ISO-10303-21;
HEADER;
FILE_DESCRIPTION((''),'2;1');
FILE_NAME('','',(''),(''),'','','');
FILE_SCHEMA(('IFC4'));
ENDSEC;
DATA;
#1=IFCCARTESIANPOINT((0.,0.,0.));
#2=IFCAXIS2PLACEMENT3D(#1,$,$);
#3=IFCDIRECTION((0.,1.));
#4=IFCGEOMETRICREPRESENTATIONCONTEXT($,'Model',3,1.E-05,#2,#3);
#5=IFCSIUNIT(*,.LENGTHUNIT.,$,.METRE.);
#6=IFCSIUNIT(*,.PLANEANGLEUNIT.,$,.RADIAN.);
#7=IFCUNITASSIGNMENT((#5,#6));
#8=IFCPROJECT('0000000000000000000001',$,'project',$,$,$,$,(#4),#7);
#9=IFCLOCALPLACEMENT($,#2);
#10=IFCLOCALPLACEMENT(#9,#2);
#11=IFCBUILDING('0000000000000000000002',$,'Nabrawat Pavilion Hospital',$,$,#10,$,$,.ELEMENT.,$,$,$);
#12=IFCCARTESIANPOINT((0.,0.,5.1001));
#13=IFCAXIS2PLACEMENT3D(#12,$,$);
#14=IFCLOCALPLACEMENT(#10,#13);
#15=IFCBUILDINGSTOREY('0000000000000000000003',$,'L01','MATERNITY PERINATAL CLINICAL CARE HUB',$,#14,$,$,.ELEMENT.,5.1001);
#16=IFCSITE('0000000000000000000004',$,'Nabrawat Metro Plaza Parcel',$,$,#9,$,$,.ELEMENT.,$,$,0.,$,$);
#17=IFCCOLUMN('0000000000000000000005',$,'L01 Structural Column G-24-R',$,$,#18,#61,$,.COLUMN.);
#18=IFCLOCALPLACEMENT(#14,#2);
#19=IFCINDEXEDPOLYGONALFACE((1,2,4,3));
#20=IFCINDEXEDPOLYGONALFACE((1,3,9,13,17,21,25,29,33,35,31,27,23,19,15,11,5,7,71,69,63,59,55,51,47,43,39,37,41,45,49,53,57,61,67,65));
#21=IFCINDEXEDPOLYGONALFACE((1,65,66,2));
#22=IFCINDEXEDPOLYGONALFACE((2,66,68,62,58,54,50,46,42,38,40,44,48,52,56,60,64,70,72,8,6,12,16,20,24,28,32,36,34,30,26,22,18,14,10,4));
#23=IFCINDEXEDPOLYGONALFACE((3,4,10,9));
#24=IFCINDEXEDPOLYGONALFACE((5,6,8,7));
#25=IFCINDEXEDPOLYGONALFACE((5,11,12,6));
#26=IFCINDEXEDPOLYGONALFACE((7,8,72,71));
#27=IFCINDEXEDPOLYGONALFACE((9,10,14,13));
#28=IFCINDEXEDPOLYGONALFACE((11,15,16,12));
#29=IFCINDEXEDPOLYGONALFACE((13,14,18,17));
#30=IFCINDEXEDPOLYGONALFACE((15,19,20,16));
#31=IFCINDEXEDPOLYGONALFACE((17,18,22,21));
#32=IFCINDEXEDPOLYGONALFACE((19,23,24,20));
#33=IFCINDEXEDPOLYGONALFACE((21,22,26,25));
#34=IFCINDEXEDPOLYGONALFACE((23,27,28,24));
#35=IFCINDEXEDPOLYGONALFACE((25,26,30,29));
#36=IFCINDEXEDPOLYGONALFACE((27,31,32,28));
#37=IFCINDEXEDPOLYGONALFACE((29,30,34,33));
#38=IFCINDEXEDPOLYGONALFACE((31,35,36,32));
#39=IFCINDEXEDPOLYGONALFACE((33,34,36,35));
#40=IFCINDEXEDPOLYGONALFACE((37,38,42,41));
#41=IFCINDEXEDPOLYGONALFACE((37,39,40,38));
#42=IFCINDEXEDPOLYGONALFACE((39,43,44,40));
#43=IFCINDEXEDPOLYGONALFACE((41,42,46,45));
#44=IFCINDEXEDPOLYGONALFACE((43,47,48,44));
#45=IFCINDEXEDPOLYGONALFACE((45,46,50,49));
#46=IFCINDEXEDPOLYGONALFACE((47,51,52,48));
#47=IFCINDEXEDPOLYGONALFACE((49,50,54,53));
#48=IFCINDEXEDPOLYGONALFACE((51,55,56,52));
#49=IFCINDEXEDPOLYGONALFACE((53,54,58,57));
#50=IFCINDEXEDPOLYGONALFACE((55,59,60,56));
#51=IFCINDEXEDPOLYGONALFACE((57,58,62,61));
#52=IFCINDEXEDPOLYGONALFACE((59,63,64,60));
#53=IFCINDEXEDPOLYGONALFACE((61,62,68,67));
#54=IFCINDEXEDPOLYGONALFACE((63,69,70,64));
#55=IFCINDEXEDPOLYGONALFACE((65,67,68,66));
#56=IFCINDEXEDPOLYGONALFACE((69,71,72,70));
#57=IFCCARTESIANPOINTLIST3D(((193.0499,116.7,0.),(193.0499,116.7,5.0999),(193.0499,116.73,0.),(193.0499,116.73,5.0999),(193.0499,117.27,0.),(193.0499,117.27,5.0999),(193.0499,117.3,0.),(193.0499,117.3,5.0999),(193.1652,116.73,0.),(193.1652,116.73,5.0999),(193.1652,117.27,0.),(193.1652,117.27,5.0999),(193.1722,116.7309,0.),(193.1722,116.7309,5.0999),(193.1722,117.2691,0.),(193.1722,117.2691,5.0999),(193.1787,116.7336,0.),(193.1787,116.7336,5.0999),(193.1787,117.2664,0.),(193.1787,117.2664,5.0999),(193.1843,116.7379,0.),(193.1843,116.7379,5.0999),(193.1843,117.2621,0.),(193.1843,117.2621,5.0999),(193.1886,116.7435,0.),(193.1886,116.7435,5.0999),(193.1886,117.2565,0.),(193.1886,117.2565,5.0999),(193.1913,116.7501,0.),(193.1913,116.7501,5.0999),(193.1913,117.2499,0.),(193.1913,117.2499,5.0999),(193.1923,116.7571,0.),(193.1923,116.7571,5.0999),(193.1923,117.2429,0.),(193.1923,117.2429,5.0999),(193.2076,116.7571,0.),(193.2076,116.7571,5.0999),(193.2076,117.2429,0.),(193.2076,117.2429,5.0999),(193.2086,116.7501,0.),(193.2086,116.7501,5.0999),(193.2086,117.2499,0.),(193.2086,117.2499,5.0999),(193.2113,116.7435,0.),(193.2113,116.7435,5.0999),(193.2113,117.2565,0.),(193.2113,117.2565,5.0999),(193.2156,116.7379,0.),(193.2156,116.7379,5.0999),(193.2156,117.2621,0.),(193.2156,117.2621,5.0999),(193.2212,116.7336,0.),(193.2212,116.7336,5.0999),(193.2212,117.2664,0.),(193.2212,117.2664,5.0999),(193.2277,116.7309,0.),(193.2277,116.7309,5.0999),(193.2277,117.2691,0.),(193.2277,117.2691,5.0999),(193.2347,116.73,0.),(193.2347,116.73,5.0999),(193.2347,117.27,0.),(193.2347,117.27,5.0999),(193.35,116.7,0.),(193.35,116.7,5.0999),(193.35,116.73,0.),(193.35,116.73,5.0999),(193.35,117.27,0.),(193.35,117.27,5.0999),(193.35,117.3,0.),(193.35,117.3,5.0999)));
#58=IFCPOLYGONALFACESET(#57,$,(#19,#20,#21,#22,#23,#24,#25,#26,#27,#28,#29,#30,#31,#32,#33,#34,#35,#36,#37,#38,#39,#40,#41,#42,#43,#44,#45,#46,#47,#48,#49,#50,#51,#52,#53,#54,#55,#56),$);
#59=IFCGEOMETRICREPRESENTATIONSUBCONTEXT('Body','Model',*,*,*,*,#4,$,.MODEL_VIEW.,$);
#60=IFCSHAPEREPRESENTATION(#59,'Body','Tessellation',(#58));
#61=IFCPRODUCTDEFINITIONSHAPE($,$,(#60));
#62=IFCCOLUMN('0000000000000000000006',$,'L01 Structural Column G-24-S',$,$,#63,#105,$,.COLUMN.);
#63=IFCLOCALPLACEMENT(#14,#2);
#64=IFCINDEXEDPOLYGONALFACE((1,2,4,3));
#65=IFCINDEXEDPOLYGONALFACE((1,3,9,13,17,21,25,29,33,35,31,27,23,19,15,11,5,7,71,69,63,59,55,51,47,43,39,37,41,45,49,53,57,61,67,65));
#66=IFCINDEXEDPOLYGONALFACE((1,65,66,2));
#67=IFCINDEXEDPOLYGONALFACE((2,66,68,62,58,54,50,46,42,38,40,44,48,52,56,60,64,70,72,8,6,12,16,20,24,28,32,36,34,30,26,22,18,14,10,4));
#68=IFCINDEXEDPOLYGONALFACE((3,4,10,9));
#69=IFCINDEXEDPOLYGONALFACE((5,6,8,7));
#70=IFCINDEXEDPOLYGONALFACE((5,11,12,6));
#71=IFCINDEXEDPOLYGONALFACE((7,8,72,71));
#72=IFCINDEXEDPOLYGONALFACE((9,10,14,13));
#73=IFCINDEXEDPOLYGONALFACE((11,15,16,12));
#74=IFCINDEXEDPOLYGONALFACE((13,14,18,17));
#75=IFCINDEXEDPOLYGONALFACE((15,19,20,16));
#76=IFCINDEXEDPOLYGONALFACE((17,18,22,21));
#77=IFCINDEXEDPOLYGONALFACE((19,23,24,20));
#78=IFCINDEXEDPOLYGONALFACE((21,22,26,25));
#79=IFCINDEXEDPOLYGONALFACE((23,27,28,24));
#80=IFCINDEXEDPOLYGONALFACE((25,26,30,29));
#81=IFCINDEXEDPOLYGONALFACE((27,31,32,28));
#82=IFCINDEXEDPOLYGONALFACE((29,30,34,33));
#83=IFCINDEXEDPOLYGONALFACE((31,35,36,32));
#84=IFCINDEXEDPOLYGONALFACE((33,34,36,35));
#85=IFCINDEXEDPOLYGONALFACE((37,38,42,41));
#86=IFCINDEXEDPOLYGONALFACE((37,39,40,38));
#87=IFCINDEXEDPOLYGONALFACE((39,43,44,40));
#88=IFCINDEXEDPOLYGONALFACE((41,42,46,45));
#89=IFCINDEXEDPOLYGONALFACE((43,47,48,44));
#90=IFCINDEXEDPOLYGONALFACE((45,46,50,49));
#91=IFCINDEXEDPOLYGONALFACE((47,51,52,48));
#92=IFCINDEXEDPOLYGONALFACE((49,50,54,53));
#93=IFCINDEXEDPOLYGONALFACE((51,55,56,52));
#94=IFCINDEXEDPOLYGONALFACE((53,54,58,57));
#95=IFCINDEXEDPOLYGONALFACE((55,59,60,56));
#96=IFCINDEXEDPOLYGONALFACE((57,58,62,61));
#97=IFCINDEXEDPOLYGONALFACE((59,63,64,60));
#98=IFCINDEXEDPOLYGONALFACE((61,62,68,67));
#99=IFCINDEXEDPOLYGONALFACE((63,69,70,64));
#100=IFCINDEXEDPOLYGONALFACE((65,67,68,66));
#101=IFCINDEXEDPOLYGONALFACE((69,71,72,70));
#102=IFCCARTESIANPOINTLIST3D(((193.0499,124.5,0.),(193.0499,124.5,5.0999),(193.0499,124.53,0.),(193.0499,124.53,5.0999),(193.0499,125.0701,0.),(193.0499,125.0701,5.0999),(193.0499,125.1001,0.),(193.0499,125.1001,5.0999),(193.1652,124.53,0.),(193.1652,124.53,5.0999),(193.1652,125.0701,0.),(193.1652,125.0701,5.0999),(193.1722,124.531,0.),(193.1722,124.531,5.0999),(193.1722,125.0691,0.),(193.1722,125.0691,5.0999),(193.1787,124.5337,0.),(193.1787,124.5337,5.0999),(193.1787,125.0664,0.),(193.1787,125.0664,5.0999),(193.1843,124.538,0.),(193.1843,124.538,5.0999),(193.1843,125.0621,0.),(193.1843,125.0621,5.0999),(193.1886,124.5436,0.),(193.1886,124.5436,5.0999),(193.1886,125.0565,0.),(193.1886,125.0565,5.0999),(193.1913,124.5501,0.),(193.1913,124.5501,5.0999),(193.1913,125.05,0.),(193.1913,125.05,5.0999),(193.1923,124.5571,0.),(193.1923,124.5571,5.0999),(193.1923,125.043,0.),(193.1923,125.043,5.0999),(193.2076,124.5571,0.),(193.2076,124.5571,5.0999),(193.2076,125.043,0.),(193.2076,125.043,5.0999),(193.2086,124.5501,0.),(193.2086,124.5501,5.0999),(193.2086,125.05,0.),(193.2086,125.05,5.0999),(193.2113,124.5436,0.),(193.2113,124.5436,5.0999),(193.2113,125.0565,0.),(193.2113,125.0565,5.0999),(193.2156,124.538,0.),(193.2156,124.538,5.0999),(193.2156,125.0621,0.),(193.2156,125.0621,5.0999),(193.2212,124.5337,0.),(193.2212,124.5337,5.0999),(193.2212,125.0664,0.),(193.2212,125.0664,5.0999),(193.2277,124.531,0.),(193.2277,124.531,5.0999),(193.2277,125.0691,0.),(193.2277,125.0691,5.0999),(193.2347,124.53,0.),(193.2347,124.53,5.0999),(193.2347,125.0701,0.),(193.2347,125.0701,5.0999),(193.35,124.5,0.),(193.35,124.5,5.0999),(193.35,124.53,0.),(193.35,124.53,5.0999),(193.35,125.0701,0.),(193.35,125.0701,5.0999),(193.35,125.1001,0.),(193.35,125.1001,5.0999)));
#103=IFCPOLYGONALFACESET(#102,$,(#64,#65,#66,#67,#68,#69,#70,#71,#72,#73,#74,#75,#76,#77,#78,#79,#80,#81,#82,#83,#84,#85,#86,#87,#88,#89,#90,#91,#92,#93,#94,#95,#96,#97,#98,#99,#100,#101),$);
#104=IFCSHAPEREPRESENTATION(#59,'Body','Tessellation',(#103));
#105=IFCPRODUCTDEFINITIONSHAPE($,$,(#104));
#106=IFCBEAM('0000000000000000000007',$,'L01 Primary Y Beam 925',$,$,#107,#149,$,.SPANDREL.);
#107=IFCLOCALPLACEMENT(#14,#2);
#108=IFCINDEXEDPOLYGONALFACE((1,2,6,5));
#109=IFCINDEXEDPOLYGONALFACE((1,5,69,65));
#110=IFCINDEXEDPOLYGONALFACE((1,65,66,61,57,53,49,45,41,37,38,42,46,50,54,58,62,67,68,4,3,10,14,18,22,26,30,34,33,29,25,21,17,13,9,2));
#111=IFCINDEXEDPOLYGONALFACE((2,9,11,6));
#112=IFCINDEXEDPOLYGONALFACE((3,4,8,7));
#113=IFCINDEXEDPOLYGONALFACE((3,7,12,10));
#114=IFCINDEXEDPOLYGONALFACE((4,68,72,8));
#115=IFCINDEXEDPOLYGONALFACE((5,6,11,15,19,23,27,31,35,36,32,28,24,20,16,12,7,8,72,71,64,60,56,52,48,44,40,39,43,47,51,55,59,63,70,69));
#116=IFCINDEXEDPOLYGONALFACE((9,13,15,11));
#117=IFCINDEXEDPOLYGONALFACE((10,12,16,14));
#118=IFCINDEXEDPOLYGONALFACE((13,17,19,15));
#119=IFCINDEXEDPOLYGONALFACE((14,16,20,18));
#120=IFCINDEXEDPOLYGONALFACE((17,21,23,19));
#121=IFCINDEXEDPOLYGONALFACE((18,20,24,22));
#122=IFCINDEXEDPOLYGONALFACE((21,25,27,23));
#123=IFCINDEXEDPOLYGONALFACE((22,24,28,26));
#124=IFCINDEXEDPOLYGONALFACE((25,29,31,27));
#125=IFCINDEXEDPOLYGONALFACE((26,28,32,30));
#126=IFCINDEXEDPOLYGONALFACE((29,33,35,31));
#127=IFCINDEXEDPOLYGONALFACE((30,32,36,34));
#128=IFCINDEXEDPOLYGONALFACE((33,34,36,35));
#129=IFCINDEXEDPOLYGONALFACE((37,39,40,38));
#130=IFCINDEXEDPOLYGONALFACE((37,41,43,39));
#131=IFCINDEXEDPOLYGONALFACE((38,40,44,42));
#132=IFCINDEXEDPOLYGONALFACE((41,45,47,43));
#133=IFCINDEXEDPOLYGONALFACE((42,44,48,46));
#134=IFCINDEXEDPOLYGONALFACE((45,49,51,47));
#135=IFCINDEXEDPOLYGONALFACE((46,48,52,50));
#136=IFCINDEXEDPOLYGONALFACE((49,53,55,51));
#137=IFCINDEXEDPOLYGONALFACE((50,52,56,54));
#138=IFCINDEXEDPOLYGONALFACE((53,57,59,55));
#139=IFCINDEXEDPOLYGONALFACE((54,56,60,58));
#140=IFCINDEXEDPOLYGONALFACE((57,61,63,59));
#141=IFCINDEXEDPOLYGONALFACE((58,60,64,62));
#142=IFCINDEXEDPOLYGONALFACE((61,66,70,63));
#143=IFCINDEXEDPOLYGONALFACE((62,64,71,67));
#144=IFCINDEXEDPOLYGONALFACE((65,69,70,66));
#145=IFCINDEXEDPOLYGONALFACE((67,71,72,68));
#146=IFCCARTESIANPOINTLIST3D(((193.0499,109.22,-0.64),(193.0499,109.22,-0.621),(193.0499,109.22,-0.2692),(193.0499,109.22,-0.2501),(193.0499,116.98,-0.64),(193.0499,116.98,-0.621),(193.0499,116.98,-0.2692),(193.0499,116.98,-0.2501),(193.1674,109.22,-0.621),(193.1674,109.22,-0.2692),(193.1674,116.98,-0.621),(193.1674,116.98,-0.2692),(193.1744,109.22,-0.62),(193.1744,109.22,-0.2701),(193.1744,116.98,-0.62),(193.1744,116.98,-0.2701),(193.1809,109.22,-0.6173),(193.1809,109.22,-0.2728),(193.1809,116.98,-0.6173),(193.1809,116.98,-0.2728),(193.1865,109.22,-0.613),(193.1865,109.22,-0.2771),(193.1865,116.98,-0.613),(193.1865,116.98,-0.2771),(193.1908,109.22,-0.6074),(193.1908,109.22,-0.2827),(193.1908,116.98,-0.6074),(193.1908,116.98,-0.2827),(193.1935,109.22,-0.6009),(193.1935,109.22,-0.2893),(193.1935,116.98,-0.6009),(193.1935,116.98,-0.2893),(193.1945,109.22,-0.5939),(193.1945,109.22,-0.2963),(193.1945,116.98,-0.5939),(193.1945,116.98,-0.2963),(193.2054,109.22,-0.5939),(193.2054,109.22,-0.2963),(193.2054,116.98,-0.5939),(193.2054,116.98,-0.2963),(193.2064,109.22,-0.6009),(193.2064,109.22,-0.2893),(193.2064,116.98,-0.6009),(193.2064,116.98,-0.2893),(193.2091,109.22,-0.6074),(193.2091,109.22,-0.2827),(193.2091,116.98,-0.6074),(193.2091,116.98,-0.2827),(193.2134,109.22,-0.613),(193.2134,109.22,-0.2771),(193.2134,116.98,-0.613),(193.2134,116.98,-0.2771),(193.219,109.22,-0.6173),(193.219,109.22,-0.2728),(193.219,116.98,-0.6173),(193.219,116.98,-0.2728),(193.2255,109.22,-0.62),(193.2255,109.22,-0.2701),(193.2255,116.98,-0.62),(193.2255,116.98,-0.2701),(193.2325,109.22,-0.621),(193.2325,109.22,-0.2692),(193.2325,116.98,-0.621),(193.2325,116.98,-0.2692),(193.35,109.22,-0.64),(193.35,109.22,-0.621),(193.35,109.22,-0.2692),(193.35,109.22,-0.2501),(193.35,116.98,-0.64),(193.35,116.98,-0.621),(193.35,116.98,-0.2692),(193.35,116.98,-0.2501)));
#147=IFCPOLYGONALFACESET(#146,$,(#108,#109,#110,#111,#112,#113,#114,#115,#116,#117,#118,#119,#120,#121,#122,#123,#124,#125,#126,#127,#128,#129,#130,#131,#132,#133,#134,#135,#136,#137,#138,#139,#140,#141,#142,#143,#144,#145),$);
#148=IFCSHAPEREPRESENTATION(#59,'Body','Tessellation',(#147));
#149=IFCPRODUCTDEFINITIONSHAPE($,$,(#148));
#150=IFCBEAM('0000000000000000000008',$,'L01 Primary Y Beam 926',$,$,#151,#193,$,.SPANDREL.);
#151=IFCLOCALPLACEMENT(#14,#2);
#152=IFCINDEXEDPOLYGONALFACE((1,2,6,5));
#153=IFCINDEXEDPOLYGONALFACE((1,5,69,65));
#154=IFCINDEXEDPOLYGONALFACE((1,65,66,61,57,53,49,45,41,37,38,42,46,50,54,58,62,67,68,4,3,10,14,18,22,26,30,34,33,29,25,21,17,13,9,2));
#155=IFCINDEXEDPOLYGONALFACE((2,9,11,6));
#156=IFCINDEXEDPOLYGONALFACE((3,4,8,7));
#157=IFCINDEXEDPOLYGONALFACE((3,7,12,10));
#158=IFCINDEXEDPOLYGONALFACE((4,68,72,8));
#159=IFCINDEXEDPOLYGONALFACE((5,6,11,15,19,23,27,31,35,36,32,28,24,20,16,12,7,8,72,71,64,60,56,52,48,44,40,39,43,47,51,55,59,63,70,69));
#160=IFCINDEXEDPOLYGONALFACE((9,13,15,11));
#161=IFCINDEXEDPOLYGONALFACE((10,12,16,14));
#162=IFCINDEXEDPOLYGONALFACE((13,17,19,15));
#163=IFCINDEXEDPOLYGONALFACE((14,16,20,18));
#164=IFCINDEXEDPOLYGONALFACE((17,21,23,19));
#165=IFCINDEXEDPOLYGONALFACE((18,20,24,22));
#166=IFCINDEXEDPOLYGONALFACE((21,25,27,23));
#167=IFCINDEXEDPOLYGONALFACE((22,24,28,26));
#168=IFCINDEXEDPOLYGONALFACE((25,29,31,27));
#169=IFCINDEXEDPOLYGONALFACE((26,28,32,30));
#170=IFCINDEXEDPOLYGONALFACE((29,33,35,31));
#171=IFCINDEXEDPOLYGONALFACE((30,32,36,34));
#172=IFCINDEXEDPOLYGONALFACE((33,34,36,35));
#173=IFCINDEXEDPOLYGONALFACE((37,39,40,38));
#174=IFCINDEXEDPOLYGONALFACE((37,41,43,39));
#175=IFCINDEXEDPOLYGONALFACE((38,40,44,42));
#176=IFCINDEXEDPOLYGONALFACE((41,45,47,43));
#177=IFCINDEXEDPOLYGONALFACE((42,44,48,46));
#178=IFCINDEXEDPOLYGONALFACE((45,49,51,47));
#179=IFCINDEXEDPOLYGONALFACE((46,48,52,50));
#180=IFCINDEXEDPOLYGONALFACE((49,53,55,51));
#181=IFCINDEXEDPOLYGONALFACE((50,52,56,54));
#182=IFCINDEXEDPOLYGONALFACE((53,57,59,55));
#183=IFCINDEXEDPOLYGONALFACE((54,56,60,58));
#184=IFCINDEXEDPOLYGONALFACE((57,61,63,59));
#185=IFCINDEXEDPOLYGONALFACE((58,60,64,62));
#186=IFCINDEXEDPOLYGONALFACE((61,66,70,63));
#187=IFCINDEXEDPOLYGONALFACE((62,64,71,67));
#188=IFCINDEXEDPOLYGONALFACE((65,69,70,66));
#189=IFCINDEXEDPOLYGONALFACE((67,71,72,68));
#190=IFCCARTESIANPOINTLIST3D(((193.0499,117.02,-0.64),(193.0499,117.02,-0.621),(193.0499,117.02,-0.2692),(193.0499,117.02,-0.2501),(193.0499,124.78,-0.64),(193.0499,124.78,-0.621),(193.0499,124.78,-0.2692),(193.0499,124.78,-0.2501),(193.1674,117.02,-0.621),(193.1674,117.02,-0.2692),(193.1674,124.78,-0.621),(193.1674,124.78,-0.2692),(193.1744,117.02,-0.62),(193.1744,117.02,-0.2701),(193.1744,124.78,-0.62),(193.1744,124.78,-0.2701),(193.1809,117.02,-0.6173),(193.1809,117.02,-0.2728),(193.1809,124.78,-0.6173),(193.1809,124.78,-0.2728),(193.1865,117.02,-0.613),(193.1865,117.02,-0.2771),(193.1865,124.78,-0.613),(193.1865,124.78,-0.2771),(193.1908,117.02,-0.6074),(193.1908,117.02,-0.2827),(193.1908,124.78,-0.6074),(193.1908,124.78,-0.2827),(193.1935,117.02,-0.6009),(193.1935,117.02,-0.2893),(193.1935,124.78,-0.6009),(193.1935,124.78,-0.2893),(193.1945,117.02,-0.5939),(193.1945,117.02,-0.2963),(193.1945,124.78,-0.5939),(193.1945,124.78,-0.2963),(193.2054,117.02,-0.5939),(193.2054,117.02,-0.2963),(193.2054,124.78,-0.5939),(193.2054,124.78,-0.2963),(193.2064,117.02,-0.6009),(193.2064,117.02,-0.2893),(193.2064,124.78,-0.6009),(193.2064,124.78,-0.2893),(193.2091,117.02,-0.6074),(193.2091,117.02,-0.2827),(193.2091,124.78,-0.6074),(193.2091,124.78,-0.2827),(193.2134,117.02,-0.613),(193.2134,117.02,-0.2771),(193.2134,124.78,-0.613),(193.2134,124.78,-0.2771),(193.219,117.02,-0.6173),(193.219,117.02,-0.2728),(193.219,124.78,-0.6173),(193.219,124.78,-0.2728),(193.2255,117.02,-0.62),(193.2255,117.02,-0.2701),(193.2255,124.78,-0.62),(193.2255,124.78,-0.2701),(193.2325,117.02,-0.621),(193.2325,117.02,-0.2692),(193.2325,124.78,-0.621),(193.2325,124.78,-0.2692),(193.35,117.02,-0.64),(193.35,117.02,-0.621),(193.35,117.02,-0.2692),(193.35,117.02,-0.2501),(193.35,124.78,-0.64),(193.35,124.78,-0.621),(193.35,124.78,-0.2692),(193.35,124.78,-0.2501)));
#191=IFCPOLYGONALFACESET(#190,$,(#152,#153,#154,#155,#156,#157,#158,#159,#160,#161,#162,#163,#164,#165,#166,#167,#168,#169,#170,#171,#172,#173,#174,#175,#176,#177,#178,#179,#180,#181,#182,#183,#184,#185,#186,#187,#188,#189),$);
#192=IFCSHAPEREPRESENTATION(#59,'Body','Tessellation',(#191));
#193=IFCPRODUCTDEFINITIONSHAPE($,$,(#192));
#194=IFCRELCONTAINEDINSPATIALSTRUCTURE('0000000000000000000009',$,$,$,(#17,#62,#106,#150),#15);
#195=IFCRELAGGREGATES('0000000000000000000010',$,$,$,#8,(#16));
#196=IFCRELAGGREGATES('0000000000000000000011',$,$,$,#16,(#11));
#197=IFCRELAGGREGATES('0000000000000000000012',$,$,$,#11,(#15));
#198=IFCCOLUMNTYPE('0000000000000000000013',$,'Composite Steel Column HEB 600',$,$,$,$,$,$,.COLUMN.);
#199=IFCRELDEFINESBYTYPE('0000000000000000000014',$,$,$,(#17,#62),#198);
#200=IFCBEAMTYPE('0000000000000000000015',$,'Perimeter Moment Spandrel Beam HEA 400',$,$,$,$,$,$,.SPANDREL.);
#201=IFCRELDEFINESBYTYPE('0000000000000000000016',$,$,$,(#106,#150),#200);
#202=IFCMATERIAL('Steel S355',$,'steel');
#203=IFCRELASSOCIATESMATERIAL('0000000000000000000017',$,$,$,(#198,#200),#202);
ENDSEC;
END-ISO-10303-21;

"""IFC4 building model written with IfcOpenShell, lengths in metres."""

from ifc_helpers import new_model, si_unit, direction, frame, origin, origin_2d, place, context, subcontext, project, spatial, i_section, extrude, material, material_profile, profile_set, type_object, element, save


model = new_model("IFC4")

# Units and contexts
model_context = context("Model", 3, precision=1e-05, world=origin(), true_north=direction((0.0, 1.0)))
body_context = subcontext(model_context, "Body", "Model", "MODEL_VIEW")
ifc_project = project(units=[si_unit("LENGTHUNIT", "METRE"), si_unit("PLANEANGLEUNIT", "RADIAN")], contexts=[model_context])

# Site, building, storey
site_placement = place(None, origin())
site = spatial("IfcSite", under=ifc_project, at=site_placement, Name="Nabrawat Metro Plaza Parcel", CompositionType="ELEMENT", RefElevation=0.0)
building_placement = place(site_placement, origin())
building = spatial("IfcBuilding", under=site, at=building_placement, Name="Nabrawat Pavilion Hospital", CompositionType="ELEMENT")
storey_placement = place(building_placement, frame((0.0, 0.0, 5.1001)))
storey = spatial("IfcBuildingStorey", under=building, at=storey_placement, Name="L01", Description="MATERNITY PERINATAL CLINICAL CARE HUB", CompositionType="ELEMENT", Elevation=5.1001)

# Columns
ifc_material_1 = material(Name="Steel S355", Category="steel")
ifc_material_profile_1 = material_profile(ifc_material_1, i_section(OverallWidth=0.3, OverallDepth=0.6001, WebThickness=0.0154, FlangeThickness=0.03, FilletRadius=0.0271, at=origin_2d()), Name="HEB 600")
ifc_profile_set_1 = profile_set([ifc_material_profile_1], Name="Steel S355")
column_type = type_object("IfcColumnType", Name="Composite Steel Column HEB 600", PredefinedType="COLUMN", material=ifc_profile_set_1)
for number, where, z_axis, x_axis, name in (
    (1, (193.2, 117.0, 0.0), (0.0, 0.0, 1.0), (1.0, 0.0, 0.0), "L01 Structural Column G-24-R"),
    (2, (193.2, 124.8, 0.0), (0.0, 0.0, 1.0), (1.0, 0.0, 0.0), "L01 Structural Column G-24-S"),
):
    element("IfcColumn", number, at=place(storey_placement, frame(where, z_axis=z_axis, x_axis=x_axis)), inside=storey, type_object=column_type, Name=name, PredefinedType="COLUMN", context=body_context, shape_type="SweptSolid", body=[
        extrude(i_section(OverallWidth=0.3, OverallDepth=0.6001, WebThickness=0.0154, FlangeThickness=0.03, FilletRadius=0.0271, at=origin_2d()), origin(), (0.0, 0.0, 1.0), 5.0999),
    ])

# Beams
ifc_material_profile_2 = material_profile(ifc_material_1, i_section(OverallWidth=0.3, OverallDepth=0.3899, WebThickness=0.011, FlangeThickness=0.019, FilletRadius=0.0271, at=origin_2d()), Name="HEA 400")
ifc_profile_set_2 = profile_set([ifc_material_profile_2], Name="Steel S355")
beam_type_1 = type_object("IfcBeamType", Name="Perimeter Moment Spandrel Beam HEA 400", PredefinedType="SPANDREL", material=ifc_profile_set_2)
for number, where, z_axis, x_axis, name in (
    (3, (193.2, 109.22, -0.4451), (0.0, 1.0, 0.0), (-1.0, 0.0, 0.0), "L01 Primary Y Beam 925"),
    (4, (193.2, 117.02, -0.4451), (0.0, 1.0, 0.0), (-1.0, 0.0, 0.0), "L01 Primary Y Beam 926"),
):
    element("IfcBeam", number, at=place(storey_placement, frame(where, z_axis=z_axis, x_axis=x_axis)), inside=storey, type_object=beam_type_1, Name=name, PredefinedType="SPANDREL", context=body_context, shape_type="SweptSolid", body=[
        extrude(i_section(OverallWidth=0.3, OverallDepth=0.3899, WebThickness=0.011, FlangeThickness=0.019, FilletRadius=0.0271, at=origin_2d()), origin(), (0.0, 0.0, 1.0), 7.76),
    ])

save(model, "model.ifc")
